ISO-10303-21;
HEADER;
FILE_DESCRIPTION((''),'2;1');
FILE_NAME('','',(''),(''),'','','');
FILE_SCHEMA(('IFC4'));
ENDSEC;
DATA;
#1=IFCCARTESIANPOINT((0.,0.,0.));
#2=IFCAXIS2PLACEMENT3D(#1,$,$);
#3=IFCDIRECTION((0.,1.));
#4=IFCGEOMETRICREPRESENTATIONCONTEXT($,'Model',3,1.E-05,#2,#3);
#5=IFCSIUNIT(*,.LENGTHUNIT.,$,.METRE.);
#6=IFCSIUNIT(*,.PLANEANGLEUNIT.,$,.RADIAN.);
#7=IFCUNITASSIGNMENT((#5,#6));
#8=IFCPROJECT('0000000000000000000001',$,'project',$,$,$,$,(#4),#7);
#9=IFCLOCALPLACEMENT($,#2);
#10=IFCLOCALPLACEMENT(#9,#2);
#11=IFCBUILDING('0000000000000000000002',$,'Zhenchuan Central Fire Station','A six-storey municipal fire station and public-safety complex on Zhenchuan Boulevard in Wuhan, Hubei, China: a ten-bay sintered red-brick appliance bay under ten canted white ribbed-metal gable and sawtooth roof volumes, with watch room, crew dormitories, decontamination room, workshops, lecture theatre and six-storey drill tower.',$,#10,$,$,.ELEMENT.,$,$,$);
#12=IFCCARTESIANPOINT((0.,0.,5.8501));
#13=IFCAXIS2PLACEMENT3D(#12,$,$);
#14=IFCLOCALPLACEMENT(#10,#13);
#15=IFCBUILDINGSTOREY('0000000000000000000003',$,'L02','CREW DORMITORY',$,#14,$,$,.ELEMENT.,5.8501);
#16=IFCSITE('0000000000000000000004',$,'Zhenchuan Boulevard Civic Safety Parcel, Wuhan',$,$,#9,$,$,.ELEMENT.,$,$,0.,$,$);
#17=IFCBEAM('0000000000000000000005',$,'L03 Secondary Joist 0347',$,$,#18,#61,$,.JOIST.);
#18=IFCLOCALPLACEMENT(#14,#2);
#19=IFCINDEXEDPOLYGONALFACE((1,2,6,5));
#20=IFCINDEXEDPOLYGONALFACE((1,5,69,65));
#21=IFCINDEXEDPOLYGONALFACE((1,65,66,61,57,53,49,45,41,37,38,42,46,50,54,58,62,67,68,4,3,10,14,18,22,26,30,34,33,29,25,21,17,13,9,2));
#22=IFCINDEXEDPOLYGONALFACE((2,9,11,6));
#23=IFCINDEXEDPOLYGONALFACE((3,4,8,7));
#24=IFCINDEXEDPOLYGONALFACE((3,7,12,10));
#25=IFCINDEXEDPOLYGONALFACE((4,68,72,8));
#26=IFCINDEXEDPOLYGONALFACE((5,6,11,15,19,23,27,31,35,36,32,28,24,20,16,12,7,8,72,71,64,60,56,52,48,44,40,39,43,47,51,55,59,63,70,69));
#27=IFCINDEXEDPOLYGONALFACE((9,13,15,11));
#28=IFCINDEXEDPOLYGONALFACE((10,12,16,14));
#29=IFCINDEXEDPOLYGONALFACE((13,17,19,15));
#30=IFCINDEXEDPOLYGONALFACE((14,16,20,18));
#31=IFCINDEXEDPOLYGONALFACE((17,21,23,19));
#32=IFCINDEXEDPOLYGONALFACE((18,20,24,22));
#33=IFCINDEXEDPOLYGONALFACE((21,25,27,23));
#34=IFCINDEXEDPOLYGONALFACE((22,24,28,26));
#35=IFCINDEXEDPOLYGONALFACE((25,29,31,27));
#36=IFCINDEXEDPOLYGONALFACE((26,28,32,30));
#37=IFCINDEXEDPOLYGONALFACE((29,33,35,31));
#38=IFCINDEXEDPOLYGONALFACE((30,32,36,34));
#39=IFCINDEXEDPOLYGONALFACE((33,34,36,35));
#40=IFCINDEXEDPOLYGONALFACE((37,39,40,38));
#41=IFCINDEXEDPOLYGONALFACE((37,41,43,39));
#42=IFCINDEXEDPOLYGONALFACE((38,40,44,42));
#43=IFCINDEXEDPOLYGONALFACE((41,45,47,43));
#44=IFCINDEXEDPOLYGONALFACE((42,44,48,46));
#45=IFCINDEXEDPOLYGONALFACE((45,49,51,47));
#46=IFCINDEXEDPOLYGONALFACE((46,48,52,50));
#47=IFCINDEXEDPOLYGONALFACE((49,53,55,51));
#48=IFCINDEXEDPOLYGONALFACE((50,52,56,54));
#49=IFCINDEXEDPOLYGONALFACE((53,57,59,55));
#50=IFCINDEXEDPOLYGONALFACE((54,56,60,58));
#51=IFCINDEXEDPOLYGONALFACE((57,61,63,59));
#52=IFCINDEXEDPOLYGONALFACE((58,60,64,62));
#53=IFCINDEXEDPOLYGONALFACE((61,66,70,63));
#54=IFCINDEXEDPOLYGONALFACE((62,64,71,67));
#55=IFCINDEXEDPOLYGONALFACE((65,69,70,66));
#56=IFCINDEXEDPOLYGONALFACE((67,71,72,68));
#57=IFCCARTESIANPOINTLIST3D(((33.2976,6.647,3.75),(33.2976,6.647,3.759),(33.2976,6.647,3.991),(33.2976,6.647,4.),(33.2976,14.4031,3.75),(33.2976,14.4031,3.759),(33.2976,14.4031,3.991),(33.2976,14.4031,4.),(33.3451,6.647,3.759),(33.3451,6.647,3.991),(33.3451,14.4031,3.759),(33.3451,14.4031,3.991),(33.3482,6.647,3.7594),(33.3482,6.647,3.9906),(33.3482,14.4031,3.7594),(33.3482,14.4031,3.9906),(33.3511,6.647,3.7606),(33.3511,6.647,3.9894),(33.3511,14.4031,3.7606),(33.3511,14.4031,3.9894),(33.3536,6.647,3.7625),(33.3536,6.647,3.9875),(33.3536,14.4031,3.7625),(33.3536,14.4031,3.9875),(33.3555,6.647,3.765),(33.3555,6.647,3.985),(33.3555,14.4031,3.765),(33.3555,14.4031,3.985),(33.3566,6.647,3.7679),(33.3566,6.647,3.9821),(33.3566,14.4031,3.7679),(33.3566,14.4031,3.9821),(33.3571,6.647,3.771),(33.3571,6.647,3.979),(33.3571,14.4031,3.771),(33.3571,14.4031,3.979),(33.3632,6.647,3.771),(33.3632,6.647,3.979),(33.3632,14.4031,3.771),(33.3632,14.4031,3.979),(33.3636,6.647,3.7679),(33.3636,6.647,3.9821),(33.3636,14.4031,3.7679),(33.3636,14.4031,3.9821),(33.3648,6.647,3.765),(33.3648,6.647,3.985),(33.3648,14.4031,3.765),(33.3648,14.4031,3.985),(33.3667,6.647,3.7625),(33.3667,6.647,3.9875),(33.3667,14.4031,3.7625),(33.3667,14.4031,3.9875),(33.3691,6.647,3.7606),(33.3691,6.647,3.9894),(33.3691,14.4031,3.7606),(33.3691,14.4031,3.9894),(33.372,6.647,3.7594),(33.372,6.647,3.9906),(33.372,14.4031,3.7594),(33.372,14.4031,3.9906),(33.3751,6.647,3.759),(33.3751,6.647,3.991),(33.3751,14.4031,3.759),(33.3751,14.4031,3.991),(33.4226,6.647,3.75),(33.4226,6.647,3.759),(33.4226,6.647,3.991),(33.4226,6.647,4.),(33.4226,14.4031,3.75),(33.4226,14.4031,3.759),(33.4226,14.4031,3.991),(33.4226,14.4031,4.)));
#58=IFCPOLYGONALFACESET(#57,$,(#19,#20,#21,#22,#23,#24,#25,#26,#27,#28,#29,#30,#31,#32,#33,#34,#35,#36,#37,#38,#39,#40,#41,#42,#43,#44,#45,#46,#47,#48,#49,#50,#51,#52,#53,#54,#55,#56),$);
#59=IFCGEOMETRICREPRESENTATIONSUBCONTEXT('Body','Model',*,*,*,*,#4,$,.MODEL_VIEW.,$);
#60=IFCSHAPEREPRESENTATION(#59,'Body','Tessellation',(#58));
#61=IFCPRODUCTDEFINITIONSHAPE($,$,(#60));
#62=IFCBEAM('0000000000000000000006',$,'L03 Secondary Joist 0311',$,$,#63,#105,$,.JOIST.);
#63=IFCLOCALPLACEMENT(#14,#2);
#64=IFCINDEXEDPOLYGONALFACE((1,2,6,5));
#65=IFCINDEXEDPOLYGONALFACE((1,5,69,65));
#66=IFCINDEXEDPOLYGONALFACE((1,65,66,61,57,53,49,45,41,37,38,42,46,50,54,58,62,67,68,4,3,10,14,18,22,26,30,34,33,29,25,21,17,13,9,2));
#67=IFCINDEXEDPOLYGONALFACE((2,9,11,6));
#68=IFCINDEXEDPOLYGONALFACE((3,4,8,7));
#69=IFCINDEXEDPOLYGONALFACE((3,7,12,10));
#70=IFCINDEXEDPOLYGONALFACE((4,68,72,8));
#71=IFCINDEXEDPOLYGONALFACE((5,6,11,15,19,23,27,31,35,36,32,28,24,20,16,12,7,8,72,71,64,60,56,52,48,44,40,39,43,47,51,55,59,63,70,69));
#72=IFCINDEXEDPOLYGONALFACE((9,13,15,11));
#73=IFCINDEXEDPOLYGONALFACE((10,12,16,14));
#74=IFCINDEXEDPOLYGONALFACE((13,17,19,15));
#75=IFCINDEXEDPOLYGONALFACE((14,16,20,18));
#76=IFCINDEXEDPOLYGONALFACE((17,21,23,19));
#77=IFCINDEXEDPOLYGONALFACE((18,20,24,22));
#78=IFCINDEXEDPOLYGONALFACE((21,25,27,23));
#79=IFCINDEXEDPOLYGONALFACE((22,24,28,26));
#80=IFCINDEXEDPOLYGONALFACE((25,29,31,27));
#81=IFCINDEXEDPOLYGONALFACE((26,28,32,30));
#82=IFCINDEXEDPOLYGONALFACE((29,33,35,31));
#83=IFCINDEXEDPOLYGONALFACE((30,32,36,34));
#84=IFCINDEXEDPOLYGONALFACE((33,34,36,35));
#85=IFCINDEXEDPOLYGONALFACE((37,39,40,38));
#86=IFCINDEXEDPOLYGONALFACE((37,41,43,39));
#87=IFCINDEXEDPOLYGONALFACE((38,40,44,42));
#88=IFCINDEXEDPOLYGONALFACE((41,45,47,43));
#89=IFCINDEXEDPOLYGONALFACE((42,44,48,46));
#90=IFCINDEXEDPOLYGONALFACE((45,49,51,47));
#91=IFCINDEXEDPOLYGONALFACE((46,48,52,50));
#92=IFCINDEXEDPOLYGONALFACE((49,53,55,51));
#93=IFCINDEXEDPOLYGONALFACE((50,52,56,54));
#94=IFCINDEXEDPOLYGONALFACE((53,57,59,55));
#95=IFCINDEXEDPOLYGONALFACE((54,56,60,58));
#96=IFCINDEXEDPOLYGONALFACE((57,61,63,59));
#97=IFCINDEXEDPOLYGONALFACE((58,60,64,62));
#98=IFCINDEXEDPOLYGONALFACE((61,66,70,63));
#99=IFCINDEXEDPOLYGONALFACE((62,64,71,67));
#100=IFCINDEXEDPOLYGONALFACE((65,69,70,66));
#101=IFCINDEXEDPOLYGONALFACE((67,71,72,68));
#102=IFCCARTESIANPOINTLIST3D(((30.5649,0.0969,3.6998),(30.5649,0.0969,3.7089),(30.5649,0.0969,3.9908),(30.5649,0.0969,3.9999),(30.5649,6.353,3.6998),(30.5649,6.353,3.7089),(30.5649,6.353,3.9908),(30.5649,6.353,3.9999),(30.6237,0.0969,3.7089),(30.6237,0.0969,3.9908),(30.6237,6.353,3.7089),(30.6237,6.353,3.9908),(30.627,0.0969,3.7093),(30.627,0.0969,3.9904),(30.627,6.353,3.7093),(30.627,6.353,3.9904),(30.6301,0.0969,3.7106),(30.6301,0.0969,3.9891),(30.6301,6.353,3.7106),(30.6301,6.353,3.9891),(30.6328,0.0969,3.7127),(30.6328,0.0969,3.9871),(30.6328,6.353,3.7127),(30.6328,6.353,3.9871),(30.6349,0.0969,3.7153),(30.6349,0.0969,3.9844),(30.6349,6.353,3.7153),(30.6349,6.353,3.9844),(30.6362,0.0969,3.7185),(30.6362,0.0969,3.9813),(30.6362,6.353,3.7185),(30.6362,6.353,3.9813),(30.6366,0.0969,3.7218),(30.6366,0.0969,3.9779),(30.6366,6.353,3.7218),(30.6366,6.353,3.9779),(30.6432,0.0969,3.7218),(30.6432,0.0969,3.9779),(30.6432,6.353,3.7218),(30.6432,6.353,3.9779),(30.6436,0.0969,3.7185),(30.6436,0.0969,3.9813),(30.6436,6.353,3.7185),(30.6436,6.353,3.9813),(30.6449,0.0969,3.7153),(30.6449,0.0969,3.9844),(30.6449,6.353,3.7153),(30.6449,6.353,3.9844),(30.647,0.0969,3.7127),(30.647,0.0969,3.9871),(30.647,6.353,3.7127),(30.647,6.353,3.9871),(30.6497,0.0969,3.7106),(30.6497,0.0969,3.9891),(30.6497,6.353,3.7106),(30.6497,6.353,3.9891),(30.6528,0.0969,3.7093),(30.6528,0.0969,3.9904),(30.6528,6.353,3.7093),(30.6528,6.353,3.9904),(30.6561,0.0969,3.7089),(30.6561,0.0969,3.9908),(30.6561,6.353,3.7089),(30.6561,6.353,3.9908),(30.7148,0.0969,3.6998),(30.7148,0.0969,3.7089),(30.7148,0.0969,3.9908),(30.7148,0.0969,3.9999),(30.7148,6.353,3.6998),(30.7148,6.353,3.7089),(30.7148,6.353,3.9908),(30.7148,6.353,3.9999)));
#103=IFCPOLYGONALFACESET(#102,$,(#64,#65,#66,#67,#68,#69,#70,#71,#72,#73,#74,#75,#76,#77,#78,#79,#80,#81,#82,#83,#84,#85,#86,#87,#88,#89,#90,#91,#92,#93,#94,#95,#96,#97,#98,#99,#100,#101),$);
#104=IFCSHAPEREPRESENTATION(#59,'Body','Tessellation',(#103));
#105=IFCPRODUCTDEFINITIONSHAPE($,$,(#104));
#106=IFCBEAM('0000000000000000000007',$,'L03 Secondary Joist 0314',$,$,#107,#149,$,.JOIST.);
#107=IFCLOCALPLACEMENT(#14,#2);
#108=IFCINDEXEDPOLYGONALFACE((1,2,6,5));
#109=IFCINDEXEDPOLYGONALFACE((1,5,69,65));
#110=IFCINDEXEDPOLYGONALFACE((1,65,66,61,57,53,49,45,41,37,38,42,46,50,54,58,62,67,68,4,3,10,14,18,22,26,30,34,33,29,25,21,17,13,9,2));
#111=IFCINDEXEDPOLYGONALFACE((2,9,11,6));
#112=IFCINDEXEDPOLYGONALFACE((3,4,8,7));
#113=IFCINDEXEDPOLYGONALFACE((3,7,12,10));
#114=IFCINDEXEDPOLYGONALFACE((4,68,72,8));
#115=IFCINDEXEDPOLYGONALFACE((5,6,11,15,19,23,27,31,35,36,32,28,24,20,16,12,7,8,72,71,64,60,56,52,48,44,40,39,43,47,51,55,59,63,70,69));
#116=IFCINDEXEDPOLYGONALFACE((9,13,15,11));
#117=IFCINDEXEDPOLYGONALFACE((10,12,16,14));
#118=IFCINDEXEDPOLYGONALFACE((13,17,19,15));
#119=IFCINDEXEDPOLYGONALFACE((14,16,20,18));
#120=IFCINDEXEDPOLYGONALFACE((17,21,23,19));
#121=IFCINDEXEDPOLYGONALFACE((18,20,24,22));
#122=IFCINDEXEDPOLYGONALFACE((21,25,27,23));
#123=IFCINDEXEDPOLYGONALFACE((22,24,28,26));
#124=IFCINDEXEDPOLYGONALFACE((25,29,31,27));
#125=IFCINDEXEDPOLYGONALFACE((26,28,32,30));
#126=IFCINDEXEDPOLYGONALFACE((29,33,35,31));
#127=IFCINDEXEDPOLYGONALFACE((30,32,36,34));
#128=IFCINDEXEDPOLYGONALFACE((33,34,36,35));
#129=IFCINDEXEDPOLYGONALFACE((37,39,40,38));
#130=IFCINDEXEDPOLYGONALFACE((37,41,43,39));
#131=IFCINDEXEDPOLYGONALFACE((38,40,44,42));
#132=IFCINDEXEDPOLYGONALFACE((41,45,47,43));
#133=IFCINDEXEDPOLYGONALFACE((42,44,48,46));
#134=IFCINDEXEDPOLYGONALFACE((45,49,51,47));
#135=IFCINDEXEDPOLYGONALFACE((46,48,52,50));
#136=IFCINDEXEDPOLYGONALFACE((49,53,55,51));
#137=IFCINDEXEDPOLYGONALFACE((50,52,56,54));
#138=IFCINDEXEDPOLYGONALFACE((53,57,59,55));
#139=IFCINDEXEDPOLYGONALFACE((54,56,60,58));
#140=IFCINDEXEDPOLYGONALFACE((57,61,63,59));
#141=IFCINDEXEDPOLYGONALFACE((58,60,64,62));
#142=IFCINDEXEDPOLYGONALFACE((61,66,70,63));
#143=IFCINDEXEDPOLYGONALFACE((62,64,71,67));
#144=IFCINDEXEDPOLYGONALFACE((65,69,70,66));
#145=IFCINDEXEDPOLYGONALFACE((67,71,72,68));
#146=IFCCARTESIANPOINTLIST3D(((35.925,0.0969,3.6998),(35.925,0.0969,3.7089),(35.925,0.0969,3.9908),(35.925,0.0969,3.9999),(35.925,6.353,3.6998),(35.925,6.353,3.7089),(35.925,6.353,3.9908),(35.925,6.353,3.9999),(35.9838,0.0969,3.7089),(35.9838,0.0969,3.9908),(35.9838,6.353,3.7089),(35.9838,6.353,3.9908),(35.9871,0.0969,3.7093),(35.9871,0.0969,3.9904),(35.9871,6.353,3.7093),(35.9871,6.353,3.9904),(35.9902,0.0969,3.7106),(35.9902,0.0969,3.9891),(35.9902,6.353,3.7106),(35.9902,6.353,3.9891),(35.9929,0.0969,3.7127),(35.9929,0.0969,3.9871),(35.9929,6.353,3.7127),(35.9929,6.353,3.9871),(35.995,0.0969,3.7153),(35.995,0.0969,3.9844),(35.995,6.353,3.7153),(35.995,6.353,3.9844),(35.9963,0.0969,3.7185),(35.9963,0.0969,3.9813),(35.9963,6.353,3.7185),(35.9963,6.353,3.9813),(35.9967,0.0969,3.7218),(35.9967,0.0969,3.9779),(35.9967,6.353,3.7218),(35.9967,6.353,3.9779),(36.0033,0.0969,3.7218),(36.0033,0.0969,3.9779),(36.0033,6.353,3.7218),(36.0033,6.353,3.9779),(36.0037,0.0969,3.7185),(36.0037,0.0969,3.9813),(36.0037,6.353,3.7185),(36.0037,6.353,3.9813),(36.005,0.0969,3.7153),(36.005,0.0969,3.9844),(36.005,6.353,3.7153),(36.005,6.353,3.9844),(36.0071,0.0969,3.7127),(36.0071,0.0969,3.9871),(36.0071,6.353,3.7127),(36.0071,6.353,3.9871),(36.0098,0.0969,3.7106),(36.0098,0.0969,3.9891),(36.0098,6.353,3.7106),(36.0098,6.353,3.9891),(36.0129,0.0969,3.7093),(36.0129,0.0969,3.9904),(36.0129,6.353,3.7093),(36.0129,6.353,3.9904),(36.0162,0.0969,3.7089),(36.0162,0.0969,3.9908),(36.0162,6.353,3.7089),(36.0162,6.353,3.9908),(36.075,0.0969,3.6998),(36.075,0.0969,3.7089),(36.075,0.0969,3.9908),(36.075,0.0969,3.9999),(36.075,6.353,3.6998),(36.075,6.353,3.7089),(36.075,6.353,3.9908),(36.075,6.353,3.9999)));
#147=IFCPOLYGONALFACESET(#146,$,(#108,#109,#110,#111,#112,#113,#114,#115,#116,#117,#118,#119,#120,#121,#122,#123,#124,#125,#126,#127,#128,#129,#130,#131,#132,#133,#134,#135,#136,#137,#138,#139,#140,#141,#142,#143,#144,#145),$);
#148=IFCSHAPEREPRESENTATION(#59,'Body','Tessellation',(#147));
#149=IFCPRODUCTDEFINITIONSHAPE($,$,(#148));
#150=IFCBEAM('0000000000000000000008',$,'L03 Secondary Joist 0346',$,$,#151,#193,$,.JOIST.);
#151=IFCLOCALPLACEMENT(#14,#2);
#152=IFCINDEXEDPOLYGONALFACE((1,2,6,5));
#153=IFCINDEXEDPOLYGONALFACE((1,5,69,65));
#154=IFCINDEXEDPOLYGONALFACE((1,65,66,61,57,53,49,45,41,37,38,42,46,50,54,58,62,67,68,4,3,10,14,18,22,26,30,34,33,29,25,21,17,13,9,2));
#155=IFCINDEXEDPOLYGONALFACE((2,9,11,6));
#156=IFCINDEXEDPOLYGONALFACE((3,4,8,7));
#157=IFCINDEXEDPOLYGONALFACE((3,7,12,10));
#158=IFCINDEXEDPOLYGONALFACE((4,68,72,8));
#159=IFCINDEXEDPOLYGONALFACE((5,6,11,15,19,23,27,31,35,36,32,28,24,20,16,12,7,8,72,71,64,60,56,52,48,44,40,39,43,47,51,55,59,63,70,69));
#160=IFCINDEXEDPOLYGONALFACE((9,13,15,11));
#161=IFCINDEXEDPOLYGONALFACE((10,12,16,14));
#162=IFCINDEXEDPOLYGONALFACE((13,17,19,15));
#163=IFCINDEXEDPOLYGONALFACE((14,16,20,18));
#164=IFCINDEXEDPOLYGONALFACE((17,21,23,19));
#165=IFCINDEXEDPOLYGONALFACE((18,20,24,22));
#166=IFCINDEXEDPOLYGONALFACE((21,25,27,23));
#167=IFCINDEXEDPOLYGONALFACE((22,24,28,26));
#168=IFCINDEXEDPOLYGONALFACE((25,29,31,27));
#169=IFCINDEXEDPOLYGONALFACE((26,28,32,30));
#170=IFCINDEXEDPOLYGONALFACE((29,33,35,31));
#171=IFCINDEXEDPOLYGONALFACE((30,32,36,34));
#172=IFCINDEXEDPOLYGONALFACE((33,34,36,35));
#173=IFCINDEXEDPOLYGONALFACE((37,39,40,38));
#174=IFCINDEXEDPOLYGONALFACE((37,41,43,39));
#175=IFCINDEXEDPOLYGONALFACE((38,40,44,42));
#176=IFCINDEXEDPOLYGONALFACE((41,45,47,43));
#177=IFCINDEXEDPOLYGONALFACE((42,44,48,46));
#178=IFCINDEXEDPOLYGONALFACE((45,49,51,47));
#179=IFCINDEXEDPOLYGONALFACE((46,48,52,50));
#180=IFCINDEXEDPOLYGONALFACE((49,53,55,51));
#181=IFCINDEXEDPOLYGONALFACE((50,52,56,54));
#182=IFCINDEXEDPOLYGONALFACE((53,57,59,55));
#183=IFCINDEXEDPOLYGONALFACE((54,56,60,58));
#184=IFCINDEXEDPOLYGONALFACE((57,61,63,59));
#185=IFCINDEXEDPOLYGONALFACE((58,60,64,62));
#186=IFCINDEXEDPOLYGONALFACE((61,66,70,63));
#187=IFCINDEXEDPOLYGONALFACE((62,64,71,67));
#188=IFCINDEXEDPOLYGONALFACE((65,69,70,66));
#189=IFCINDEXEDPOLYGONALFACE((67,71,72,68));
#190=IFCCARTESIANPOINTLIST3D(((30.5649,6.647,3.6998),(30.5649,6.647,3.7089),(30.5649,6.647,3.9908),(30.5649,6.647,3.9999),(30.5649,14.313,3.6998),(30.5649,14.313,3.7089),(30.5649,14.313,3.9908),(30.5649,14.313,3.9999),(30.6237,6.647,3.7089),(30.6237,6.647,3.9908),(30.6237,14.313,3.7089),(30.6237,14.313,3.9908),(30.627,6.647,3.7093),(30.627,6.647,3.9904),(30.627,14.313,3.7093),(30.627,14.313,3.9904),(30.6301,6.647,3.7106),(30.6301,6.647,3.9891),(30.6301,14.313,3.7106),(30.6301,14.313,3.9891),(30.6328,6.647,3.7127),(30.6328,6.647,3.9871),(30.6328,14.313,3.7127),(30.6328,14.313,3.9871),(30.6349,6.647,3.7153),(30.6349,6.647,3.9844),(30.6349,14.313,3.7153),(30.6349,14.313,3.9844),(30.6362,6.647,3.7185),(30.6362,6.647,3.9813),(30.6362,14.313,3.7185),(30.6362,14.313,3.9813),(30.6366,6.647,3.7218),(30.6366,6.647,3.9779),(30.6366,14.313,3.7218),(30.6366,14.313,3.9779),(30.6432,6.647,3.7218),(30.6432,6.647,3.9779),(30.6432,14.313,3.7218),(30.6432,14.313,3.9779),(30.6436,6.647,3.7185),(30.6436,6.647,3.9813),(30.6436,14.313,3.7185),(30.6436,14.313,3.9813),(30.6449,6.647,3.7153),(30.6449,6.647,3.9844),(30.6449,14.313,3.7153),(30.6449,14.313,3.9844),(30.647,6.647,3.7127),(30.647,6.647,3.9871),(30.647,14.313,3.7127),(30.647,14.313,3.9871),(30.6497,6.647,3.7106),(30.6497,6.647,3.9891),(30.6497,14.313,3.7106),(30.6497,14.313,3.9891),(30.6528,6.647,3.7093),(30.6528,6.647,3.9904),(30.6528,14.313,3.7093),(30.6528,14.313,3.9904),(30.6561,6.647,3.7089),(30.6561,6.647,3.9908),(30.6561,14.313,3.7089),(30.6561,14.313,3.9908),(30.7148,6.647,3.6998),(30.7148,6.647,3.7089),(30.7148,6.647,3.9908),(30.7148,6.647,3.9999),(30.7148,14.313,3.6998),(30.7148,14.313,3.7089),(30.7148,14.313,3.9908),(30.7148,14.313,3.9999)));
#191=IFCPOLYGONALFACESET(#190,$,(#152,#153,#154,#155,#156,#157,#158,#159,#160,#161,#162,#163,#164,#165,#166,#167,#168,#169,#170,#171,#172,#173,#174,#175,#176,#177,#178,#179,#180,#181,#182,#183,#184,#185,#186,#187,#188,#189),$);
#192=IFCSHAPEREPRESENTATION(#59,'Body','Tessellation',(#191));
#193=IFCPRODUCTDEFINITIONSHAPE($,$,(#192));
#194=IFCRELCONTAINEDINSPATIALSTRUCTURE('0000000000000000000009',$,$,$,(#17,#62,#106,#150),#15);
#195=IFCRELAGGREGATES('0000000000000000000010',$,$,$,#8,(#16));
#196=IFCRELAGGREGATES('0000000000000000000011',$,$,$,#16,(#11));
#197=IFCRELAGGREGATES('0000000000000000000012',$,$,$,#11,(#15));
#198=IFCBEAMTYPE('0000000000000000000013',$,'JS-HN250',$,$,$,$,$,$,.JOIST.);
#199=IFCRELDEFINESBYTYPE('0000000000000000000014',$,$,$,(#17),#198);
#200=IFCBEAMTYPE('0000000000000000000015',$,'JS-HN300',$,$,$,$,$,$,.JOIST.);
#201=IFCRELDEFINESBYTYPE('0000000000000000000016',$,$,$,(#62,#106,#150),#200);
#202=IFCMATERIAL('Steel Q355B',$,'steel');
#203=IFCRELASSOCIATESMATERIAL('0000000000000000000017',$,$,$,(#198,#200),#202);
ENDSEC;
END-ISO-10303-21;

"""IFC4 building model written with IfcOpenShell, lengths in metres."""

from ifc_helpers import new_model, si_unit, direction, frame, origin, origin_2d, place, context, subcontext, project, spatial, i_section, extrude, material, material_profile, profile_set, type_object, element, save


model = new_model("IFC4")

# Units and contexts
model_context = context("Model", 3, precision=1e-05, world=origin(), true_north=direction((0.0, 1.0)))
body_context = subcontext(model_context, "Body", "Model", "MODEL_VIEW")
ifc_project = project(units=[si_unit("LENGTHUNIT", "METRE"), si_unit("PLANEANGLEUNIT", "RADIAN")], contexts=[model_context])

# Site, building, storey
site_placement = place(None, origin())
site = spatial("IfcSite", under=ifc_project, at=site_placement, Name="Zhenchuan Boulevard Civic Safety Parcel, Wuhan", CompositionType="ELEMENT", RefElevation=0.0)
building_placement = place(site_placement, origin())
building = spatial("IfcBuilding", under=site, at=building_placement, Name="Zhenchuan Central Fire Station", Description="A six-storey municipal fire station and public-safety complex on Zhenchuan Boulevard in Wuhan, Hubei, China: a ten-bay sintered red-brick appliance bay under ten canted white ribbed-metal gable and sawtooth roof volumes, with watch room, crew dormitories, decontamination room, workshops, lecture theatre and six-storey drill tower.", CompositionType="ELEMENT")
storey_placement = place(building_placement, frame((0.0, 0.0, 5.8501)))
storey = spatial("IfcBuildingStorey", under=building, at=storey_placement, Name="L02", Description="CREW DORMITORY", CompositionType="ELEMENT", Elevation=5.8501)

# Shared definitions
ifc_material_1 = material(Name="Steel Q355B", Category="steel")

# Beams
ifc_material_profile_1 = material_profile(ifc_material_1, i_section(OverallWidth=0.125, OverallDepth=0.25, WebThickness=0.0061, FlangeThickness=0.009, FilletRadius=0.012, at=origin_2d()), Name="HN 250x125")
ifc_profile_set_1 = profile_set([ifc_material_profile_1], Name="Steel Q355B")
beam_type_1 = type_object("IfcBeamType", Name="JS-HN250", PredefinedType="JOIST", material=ifc_profile_set_1)
beam_1_placement = place(storey_placement, frame((33.3601, 6.647, 3.875), z_axis=(0.0, 1.0, 0.0), x_axis=(-1.0, 0.0, 0.0)))
element("IfcBeam", 1, at=beam_1_placement, inside=storey, type_object=beam_type_1, Name="L03 Secondary Joist 0347", PredefinedType="JOIST", context=body_context, shape_type="SweptSolid", body=[
    extrude(i_section(OverallWidth=0.125, OverallDepth=0.25, WebThickness=0.0061, FlangeThickness=0.009, FilletRadius=0.012, at=origin_2d()), origin(), (0.0, 0.0, 1.0), 7.7561),
])
ifc_material_profile_2 = material_profile(ifc_material_1, i_section(OverallWidth=0.1499, OverallDepth=0.3, WebThickness=0.0066, FlangeThickness=0.009, FilletRadius=0.0129, at=origin_2d()), Name="HN 300x150")
ifc_profile_set_2 = profile_set([ifc_material_profile_2], Name="Steel Q355B")
beam_type_2 = type_object("IfcBeamType", Name="JS-HN300", PredefinedType="JOIST", material=ifc_profile_set_2)
for number, where, z_axis, x_axis, name in (
    (2, (30.6399, 0.0969, 3.8499), (0.0, 1.0, 0.0), (-1.0, 0.0, 0.0), "L03 Secondary Joist 0311"),
    (3, (36.0, 0.0969, 3.8499), (0.0, 1.0, 0.0), (-1.0, 0.0, 0.0), "L03 Secondary Joist 0314"),
):
    element("IfcBeam", number, at=place(storey_placement, frame(where, z_axis=z_axis, x_axis=x_axis)), inside=storey, type_object=beam_type_2, Name=name, PredefinedType="JOIST", context=body_context, shape_type="SweptSolid", body=[
        extrude(i_section(OverallWidth=0.1499, OverallDepth=0.3, WebThickness=0.0066, FlangeThickness=0.009, FilletRadius=0.0129, at=origin_2d()), origin(), (0.0, 0.0, 1.0), 6.2561),
    ])
beam_2_placement = place(storey_placement, frame((30.6399, 6.647, 3.8499), z_axis=(0.0, 1.0, 0.0), x_axis=(-1.0, 0.0, 0.0)))
element("IfcBeam", 4, at=beam_2_placement, inside=storey, type_object=beam_type_2, Name="L03 Secondary Joist 0346", PredefinedType="JOIST", context=body_context, shape_type="SweptSolid", body=[
    extrude(i_section(OverallWidth=0.1499, OverallDepth=0.3, WebThickness=0.0066, FlangeThickness=0.009, FilletRadius=0.0129, at=origin_2d()), origin(), (0.0, 0.0, 1.0), 7.666),
])

save(model, "model.ifc")
